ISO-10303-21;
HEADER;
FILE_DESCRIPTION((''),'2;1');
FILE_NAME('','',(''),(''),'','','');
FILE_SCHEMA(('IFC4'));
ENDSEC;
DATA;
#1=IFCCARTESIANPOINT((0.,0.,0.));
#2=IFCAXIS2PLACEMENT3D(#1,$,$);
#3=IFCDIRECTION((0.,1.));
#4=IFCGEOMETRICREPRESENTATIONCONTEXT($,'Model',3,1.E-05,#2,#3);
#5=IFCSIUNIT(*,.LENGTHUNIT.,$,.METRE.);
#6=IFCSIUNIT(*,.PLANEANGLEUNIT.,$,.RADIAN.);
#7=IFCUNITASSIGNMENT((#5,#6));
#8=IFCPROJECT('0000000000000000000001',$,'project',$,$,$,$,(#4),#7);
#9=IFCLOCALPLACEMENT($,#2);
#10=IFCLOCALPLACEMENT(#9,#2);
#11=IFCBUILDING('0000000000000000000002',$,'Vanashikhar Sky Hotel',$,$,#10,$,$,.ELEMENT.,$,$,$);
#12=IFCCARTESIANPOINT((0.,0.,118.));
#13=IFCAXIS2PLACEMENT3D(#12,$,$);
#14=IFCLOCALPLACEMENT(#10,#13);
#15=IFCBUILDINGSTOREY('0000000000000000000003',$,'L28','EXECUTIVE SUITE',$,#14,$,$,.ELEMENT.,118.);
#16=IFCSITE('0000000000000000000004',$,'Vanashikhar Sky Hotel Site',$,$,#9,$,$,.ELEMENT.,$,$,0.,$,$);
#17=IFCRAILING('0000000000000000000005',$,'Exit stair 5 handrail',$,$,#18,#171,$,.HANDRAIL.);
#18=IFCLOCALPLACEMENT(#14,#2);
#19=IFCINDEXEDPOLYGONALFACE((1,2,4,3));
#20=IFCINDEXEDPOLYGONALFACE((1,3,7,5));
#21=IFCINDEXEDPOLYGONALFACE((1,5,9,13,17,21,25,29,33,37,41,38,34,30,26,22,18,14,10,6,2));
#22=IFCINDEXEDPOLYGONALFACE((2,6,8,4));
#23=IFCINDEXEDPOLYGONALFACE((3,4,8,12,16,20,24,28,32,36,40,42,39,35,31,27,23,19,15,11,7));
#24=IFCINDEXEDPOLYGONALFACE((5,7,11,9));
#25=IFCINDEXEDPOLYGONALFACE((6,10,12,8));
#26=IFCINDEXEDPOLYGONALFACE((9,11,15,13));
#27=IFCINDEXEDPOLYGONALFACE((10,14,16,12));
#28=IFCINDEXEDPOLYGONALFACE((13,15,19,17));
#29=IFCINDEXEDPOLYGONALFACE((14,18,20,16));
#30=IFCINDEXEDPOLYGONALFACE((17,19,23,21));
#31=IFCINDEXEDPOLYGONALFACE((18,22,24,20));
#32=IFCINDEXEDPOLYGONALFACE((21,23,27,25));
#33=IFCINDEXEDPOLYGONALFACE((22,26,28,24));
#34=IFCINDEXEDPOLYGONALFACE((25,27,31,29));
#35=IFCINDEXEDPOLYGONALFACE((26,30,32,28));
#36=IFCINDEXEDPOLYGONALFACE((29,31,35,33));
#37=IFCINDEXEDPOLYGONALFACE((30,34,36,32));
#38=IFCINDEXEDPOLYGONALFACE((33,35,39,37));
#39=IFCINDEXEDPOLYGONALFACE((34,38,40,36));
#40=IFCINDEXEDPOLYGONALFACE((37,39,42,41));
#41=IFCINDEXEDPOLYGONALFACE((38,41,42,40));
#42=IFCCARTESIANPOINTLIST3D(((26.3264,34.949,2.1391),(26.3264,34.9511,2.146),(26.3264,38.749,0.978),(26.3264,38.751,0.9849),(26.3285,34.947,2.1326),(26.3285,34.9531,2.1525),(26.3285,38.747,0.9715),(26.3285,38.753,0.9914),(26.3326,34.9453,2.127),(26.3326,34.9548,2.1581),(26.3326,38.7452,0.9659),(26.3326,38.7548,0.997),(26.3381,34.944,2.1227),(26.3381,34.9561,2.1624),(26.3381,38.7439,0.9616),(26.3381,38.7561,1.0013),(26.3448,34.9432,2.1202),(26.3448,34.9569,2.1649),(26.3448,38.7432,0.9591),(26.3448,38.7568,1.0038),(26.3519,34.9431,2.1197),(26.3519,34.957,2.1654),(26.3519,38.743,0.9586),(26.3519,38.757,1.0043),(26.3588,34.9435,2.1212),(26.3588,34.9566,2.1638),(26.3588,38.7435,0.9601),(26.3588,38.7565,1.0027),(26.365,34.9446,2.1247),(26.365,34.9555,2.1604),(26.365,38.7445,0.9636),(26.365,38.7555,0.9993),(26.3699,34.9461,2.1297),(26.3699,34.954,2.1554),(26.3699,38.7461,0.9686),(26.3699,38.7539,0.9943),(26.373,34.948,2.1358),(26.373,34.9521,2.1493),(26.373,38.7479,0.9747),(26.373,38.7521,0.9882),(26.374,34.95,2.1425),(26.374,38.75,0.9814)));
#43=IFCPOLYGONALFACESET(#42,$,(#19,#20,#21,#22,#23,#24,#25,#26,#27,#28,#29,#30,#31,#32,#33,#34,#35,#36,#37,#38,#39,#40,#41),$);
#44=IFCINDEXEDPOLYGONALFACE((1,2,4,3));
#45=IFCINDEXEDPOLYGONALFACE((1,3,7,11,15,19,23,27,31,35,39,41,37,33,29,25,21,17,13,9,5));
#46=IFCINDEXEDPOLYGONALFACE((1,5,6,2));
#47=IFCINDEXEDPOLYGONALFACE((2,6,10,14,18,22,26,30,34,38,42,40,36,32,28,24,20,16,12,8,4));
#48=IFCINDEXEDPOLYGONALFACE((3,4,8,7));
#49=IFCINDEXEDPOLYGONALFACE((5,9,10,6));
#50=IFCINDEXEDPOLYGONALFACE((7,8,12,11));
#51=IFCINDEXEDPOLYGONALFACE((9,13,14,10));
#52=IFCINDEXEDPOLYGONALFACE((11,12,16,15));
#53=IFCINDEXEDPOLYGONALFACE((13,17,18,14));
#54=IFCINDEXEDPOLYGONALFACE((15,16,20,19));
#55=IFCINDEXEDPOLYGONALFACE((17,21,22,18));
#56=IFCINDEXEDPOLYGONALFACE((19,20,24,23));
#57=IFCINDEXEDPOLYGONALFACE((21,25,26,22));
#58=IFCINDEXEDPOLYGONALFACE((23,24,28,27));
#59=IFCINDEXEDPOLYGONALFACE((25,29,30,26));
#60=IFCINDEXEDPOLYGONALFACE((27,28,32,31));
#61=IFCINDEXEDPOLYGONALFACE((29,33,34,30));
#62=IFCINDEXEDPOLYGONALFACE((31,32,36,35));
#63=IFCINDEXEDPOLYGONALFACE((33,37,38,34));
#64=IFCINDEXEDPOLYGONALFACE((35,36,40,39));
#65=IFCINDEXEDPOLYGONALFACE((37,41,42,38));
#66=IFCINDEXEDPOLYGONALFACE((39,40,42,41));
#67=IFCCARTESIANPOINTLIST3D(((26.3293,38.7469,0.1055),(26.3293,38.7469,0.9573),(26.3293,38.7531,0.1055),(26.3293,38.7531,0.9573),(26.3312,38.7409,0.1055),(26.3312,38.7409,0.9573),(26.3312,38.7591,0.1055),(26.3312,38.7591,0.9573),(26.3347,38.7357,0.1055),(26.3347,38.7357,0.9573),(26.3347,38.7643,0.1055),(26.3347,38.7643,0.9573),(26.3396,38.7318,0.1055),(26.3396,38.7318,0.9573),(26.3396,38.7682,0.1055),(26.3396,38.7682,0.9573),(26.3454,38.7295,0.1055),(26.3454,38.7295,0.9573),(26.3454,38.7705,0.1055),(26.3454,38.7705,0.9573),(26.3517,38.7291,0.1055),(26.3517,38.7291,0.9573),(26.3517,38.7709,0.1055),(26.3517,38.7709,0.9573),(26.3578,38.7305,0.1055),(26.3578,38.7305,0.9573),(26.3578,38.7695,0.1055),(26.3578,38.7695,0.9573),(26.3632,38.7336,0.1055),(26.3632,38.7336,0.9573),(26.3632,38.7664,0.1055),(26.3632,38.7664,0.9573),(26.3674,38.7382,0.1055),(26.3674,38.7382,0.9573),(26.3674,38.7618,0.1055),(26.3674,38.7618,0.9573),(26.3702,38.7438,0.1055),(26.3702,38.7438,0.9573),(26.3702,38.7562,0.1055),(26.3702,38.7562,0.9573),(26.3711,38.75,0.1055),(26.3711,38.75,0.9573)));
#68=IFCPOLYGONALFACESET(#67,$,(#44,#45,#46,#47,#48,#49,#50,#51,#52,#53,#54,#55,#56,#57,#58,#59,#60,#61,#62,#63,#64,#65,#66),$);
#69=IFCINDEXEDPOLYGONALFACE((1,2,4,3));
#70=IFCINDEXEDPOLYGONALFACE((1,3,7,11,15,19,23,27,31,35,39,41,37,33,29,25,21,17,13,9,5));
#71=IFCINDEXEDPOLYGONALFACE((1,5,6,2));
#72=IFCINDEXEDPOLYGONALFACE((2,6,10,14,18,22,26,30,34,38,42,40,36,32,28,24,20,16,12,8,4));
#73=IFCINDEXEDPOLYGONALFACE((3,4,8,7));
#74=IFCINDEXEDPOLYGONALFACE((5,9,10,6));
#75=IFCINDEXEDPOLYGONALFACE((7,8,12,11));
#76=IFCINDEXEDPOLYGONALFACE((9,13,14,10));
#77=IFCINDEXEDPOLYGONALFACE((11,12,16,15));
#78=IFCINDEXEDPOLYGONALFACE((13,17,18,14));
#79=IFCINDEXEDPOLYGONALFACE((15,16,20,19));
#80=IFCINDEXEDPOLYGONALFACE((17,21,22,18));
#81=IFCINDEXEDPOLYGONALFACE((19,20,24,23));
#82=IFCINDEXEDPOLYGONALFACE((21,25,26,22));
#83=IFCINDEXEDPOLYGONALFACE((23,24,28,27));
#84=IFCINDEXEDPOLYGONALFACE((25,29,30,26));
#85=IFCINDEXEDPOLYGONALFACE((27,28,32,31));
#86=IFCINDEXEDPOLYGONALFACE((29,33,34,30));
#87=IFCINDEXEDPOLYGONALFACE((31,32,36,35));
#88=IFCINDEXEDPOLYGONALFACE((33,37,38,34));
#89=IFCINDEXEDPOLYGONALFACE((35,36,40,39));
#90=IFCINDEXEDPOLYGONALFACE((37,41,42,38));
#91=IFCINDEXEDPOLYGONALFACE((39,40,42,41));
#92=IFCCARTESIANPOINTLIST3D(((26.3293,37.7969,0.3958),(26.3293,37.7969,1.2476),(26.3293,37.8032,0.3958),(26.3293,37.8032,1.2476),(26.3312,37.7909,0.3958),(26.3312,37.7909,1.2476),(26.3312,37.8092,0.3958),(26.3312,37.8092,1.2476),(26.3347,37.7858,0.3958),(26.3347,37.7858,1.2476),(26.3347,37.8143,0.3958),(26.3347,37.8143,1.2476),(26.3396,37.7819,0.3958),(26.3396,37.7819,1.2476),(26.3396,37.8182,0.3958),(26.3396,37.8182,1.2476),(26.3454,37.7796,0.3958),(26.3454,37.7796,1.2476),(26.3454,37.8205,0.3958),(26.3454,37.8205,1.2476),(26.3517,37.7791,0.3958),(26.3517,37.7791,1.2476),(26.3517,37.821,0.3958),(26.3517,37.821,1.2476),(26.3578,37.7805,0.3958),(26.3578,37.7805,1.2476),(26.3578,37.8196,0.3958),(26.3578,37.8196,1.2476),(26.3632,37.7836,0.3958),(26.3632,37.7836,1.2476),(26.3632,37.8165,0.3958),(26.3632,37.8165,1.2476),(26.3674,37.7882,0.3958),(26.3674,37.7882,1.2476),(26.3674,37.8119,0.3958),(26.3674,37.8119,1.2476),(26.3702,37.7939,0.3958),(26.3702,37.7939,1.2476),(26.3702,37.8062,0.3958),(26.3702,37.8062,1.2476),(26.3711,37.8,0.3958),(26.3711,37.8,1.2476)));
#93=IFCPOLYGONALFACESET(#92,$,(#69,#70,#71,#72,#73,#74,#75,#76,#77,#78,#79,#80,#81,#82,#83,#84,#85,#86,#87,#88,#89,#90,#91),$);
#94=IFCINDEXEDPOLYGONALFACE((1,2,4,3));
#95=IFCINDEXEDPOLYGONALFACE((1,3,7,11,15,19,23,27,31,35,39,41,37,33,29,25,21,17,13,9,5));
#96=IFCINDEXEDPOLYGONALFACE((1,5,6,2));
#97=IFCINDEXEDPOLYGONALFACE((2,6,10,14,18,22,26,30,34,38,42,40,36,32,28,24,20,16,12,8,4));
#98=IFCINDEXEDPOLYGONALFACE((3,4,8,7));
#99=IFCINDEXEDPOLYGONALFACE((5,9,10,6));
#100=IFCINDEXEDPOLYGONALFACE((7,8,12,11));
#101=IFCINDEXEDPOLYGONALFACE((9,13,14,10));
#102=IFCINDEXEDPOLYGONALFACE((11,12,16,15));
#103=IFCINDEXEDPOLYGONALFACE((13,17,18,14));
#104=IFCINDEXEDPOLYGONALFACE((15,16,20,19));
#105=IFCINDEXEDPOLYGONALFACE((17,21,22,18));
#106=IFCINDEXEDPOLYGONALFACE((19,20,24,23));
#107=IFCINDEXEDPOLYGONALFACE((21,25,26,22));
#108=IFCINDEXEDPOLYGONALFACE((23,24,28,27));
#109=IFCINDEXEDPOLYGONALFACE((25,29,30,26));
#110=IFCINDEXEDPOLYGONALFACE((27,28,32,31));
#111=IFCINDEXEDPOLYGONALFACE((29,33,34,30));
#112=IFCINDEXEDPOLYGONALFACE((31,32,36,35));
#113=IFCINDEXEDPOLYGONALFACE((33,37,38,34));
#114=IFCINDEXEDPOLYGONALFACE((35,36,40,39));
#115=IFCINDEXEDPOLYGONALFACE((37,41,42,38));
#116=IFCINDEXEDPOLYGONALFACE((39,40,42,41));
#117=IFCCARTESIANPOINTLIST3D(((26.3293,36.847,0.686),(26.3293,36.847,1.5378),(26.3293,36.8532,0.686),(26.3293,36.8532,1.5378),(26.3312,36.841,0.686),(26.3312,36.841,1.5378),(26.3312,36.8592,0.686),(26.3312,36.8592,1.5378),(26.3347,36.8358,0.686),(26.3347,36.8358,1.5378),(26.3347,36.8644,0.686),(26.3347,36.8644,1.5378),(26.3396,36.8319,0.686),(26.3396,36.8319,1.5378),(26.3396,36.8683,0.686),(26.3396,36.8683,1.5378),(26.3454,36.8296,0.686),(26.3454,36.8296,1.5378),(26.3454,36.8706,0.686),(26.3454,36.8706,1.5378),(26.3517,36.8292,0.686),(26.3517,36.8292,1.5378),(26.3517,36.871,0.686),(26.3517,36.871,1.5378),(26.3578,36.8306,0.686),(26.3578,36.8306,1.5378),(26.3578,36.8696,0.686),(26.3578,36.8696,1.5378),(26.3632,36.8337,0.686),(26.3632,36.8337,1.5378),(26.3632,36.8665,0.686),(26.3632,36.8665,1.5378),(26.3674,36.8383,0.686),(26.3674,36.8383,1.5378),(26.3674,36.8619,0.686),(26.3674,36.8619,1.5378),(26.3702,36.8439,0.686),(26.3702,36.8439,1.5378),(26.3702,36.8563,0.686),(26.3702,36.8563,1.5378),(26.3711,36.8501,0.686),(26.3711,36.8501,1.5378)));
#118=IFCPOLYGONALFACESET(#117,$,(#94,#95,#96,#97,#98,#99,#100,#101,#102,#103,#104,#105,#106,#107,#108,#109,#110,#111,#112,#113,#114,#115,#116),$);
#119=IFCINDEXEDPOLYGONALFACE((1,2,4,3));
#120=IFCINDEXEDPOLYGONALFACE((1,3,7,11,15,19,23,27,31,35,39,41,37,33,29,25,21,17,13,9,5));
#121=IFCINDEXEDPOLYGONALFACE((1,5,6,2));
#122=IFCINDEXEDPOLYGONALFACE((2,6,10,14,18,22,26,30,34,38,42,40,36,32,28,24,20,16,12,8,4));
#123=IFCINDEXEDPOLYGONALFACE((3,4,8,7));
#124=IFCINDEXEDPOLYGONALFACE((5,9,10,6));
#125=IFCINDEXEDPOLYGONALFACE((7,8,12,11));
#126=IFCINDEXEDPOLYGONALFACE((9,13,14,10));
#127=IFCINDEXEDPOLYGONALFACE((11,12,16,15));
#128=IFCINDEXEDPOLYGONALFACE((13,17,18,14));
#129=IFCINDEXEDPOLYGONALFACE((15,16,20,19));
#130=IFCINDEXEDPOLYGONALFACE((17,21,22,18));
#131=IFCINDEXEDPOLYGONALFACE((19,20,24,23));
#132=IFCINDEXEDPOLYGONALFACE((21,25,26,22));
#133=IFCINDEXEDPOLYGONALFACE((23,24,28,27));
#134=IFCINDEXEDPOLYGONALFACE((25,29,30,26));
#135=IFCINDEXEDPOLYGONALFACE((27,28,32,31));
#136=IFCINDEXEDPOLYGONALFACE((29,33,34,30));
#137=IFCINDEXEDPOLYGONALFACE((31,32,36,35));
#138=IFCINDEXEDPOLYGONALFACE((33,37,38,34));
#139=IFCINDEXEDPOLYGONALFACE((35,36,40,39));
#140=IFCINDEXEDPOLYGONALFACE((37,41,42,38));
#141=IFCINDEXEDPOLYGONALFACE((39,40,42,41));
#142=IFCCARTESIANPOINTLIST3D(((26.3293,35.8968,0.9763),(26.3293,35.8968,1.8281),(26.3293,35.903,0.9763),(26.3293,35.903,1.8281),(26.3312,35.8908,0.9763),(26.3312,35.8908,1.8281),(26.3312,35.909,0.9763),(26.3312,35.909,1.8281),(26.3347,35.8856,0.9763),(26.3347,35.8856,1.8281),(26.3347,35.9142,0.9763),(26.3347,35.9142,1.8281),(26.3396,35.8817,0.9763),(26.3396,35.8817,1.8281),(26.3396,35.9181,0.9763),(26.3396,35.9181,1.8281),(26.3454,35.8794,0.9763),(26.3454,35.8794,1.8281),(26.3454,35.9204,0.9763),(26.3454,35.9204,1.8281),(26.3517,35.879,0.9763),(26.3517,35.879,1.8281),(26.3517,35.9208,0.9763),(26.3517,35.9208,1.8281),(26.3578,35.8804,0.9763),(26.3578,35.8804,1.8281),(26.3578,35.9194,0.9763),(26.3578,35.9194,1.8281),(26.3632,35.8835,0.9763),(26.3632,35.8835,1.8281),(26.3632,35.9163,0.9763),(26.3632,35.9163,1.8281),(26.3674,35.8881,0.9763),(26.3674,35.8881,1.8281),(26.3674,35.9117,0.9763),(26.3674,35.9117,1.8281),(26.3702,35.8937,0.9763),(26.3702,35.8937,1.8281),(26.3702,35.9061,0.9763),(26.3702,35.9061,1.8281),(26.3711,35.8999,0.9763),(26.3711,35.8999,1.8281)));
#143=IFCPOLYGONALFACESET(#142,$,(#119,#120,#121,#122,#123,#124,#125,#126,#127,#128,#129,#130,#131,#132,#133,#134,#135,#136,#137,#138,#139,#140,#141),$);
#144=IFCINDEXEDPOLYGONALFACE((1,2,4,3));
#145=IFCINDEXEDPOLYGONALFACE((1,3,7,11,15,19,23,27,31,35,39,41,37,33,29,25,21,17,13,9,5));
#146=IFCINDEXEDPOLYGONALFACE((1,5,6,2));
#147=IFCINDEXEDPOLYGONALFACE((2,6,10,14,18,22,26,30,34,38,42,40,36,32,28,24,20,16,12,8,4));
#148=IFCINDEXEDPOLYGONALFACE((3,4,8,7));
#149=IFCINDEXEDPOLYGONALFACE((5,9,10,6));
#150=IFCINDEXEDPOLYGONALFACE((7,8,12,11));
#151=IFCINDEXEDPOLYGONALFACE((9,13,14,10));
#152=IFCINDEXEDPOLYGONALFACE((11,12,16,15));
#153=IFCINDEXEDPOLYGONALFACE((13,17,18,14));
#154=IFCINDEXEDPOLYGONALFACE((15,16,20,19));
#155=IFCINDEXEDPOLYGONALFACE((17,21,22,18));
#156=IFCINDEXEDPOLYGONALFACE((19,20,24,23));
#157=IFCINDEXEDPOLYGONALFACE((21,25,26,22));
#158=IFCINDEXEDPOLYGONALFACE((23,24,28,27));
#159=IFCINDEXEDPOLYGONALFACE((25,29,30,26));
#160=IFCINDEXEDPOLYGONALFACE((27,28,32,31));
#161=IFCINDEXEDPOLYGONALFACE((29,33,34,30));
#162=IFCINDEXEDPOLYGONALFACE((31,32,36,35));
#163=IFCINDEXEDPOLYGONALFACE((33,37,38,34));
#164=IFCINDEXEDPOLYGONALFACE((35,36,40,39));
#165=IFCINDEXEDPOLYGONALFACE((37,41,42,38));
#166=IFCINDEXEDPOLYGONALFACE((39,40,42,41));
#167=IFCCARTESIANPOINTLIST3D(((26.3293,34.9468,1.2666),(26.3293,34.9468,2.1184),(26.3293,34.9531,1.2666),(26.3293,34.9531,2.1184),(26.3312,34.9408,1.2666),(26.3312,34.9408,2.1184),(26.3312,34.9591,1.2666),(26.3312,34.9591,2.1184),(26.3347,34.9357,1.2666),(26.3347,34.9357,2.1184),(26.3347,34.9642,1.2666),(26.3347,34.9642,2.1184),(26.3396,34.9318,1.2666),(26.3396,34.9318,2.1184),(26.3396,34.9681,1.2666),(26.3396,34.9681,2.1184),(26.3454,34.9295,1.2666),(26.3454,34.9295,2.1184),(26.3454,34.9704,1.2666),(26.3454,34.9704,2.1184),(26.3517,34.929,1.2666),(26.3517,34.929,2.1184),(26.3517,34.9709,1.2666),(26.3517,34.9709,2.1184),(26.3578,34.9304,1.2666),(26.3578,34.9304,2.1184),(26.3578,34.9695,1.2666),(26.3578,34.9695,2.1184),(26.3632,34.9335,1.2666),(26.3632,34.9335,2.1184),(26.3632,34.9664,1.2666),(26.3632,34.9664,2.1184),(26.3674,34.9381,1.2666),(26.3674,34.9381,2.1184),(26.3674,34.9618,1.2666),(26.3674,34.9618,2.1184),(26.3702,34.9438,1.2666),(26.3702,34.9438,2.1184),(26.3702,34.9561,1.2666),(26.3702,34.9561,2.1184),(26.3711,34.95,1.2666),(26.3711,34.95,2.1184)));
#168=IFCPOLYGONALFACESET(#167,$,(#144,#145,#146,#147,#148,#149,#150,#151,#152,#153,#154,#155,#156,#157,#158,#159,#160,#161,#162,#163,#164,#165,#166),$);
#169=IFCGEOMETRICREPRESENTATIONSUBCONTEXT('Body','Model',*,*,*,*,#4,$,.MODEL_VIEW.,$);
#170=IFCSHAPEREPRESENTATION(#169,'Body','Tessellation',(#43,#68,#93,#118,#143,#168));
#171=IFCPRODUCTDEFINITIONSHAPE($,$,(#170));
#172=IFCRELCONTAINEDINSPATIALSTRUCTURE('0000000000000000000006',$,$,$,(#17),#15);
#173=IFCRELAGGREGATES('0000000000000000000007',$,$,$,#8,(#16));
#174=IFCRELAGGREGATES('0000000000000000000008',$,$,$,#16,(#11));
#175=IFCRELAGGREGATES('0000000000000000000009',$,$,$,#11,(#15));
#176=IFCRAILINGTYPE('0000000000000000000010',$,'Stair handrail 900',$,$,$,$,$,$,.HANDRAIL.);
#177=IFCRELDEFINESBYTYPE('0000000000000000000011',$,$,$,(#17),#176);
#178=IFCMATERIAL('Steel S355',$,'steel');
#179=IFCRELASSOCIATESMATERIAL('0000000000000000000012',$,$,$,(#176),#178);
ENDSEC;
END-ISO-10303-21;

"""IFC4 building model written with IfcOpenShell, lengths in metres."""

from ifc_helpers import new_model, si_unit, direction, frame, origin, origin_2d, place, context, subcontext, project, spatial, circle, extrude, source, transform, mapped, material, type_object, element, save


model = new_model("IFC4")

# Units and contexts
model_context = context("Model", 3, precision=1e-05, world=origin(), true_north=direction((0.0, 1.0)))
body_context = subcontext(model_context, "Body", "Model", "MODEL_VIEW")
ifc_project = project(units=[si_unit("LENGTHUNIT", "METRE"), si_unit("PLANEANGLEUNIT", "RADIAN")], contexts=[model_context])

# Site, building, storey
site_placement = place(None, origin())
site = spatial("IfcSite", under=ifc_project, at=site_placement, Name="Vanashikhar Sky Hotel Site", CompositionType="ELEMENT", RefElevation=0.0)
building_placement = place(site_placement, origin())
building = spatial("IfcBuilding", under=site, at=building_placement, Name="Vanashikhar Sky Hotel", CompositionType="ELEMENT")
storey_placement = place(building_placement, frame((0.0, 0.0, 118.0)))
storey = spatial("IfcBuildingStorey", under=building, at=storey_placement, Name="L28", Description="EXECUTIVE SUITE", CompositionType="ELEMENT", Elevation=118.0)

# Railing
ifc_material_1 = material(Name="Steel S355", Category="steel")
railing_type = type_object("IfcRailingType", Name="Stair handrail 900", PredefinedType="HANDRAIL", material=ifc_material_1)
shared_shape_1 = source(origin(), body_context, "Body", "SweptSolid", [
    extrude(circle(Radius=0.0239, at=origin_2d()), frame((0.0, 0.0, 0.876), z_axis=(0.0, -0.956351, 0.29222), x_axis=(1.0, 0.0, 0.0)), (0.0, 0.0, 1.0), 3.9734),
    extrude(circle(Radius=0.021, at=origin_2d()), origin(), (0.0, 0.0, 1.0), 0.8518),
    extrude(circle(Radius=0.021, at=origin_2d()), frame((0.0, -0.95, 0.2903)), (0.0, 0.0, 1.0), 0.8518),
    extrude(circle(Radius=0.021, at=origin_2d()), frame((0.0, -1.8999, 0.5806)), (0.0, 0.0, 1.0), 0.8518),
    extrude(circle(Radius=0.021, at=origin_2d()), frame((0.0, -2.8501, 0.8708)), (0.0, 0.0, 1.0), 0.8518),
    extrude(circle(Radius=0.021, at=origin_2d()), frame((0.0, -3.8, 1.1611)), (0.0, 0.0, 1.0), 0.8518),
])
for number, where, name in (
    (1, (26.3501, 38.75, 0.1055), "Exit stair 5 handrail"),
):
    element("IfcRailing", number, at=place(storey_placement, frame(where)), inside=storey, type_object=railing_type, Name=name, PredefinedType="HANDRAIL", context=body_context, shape_type="MappedRepresentation", body=[
        mapped(shared_shape_1, transform((0.0, 0.0, 0.0), scale=1.0)),
    ])

save(model, "model.ifc")
